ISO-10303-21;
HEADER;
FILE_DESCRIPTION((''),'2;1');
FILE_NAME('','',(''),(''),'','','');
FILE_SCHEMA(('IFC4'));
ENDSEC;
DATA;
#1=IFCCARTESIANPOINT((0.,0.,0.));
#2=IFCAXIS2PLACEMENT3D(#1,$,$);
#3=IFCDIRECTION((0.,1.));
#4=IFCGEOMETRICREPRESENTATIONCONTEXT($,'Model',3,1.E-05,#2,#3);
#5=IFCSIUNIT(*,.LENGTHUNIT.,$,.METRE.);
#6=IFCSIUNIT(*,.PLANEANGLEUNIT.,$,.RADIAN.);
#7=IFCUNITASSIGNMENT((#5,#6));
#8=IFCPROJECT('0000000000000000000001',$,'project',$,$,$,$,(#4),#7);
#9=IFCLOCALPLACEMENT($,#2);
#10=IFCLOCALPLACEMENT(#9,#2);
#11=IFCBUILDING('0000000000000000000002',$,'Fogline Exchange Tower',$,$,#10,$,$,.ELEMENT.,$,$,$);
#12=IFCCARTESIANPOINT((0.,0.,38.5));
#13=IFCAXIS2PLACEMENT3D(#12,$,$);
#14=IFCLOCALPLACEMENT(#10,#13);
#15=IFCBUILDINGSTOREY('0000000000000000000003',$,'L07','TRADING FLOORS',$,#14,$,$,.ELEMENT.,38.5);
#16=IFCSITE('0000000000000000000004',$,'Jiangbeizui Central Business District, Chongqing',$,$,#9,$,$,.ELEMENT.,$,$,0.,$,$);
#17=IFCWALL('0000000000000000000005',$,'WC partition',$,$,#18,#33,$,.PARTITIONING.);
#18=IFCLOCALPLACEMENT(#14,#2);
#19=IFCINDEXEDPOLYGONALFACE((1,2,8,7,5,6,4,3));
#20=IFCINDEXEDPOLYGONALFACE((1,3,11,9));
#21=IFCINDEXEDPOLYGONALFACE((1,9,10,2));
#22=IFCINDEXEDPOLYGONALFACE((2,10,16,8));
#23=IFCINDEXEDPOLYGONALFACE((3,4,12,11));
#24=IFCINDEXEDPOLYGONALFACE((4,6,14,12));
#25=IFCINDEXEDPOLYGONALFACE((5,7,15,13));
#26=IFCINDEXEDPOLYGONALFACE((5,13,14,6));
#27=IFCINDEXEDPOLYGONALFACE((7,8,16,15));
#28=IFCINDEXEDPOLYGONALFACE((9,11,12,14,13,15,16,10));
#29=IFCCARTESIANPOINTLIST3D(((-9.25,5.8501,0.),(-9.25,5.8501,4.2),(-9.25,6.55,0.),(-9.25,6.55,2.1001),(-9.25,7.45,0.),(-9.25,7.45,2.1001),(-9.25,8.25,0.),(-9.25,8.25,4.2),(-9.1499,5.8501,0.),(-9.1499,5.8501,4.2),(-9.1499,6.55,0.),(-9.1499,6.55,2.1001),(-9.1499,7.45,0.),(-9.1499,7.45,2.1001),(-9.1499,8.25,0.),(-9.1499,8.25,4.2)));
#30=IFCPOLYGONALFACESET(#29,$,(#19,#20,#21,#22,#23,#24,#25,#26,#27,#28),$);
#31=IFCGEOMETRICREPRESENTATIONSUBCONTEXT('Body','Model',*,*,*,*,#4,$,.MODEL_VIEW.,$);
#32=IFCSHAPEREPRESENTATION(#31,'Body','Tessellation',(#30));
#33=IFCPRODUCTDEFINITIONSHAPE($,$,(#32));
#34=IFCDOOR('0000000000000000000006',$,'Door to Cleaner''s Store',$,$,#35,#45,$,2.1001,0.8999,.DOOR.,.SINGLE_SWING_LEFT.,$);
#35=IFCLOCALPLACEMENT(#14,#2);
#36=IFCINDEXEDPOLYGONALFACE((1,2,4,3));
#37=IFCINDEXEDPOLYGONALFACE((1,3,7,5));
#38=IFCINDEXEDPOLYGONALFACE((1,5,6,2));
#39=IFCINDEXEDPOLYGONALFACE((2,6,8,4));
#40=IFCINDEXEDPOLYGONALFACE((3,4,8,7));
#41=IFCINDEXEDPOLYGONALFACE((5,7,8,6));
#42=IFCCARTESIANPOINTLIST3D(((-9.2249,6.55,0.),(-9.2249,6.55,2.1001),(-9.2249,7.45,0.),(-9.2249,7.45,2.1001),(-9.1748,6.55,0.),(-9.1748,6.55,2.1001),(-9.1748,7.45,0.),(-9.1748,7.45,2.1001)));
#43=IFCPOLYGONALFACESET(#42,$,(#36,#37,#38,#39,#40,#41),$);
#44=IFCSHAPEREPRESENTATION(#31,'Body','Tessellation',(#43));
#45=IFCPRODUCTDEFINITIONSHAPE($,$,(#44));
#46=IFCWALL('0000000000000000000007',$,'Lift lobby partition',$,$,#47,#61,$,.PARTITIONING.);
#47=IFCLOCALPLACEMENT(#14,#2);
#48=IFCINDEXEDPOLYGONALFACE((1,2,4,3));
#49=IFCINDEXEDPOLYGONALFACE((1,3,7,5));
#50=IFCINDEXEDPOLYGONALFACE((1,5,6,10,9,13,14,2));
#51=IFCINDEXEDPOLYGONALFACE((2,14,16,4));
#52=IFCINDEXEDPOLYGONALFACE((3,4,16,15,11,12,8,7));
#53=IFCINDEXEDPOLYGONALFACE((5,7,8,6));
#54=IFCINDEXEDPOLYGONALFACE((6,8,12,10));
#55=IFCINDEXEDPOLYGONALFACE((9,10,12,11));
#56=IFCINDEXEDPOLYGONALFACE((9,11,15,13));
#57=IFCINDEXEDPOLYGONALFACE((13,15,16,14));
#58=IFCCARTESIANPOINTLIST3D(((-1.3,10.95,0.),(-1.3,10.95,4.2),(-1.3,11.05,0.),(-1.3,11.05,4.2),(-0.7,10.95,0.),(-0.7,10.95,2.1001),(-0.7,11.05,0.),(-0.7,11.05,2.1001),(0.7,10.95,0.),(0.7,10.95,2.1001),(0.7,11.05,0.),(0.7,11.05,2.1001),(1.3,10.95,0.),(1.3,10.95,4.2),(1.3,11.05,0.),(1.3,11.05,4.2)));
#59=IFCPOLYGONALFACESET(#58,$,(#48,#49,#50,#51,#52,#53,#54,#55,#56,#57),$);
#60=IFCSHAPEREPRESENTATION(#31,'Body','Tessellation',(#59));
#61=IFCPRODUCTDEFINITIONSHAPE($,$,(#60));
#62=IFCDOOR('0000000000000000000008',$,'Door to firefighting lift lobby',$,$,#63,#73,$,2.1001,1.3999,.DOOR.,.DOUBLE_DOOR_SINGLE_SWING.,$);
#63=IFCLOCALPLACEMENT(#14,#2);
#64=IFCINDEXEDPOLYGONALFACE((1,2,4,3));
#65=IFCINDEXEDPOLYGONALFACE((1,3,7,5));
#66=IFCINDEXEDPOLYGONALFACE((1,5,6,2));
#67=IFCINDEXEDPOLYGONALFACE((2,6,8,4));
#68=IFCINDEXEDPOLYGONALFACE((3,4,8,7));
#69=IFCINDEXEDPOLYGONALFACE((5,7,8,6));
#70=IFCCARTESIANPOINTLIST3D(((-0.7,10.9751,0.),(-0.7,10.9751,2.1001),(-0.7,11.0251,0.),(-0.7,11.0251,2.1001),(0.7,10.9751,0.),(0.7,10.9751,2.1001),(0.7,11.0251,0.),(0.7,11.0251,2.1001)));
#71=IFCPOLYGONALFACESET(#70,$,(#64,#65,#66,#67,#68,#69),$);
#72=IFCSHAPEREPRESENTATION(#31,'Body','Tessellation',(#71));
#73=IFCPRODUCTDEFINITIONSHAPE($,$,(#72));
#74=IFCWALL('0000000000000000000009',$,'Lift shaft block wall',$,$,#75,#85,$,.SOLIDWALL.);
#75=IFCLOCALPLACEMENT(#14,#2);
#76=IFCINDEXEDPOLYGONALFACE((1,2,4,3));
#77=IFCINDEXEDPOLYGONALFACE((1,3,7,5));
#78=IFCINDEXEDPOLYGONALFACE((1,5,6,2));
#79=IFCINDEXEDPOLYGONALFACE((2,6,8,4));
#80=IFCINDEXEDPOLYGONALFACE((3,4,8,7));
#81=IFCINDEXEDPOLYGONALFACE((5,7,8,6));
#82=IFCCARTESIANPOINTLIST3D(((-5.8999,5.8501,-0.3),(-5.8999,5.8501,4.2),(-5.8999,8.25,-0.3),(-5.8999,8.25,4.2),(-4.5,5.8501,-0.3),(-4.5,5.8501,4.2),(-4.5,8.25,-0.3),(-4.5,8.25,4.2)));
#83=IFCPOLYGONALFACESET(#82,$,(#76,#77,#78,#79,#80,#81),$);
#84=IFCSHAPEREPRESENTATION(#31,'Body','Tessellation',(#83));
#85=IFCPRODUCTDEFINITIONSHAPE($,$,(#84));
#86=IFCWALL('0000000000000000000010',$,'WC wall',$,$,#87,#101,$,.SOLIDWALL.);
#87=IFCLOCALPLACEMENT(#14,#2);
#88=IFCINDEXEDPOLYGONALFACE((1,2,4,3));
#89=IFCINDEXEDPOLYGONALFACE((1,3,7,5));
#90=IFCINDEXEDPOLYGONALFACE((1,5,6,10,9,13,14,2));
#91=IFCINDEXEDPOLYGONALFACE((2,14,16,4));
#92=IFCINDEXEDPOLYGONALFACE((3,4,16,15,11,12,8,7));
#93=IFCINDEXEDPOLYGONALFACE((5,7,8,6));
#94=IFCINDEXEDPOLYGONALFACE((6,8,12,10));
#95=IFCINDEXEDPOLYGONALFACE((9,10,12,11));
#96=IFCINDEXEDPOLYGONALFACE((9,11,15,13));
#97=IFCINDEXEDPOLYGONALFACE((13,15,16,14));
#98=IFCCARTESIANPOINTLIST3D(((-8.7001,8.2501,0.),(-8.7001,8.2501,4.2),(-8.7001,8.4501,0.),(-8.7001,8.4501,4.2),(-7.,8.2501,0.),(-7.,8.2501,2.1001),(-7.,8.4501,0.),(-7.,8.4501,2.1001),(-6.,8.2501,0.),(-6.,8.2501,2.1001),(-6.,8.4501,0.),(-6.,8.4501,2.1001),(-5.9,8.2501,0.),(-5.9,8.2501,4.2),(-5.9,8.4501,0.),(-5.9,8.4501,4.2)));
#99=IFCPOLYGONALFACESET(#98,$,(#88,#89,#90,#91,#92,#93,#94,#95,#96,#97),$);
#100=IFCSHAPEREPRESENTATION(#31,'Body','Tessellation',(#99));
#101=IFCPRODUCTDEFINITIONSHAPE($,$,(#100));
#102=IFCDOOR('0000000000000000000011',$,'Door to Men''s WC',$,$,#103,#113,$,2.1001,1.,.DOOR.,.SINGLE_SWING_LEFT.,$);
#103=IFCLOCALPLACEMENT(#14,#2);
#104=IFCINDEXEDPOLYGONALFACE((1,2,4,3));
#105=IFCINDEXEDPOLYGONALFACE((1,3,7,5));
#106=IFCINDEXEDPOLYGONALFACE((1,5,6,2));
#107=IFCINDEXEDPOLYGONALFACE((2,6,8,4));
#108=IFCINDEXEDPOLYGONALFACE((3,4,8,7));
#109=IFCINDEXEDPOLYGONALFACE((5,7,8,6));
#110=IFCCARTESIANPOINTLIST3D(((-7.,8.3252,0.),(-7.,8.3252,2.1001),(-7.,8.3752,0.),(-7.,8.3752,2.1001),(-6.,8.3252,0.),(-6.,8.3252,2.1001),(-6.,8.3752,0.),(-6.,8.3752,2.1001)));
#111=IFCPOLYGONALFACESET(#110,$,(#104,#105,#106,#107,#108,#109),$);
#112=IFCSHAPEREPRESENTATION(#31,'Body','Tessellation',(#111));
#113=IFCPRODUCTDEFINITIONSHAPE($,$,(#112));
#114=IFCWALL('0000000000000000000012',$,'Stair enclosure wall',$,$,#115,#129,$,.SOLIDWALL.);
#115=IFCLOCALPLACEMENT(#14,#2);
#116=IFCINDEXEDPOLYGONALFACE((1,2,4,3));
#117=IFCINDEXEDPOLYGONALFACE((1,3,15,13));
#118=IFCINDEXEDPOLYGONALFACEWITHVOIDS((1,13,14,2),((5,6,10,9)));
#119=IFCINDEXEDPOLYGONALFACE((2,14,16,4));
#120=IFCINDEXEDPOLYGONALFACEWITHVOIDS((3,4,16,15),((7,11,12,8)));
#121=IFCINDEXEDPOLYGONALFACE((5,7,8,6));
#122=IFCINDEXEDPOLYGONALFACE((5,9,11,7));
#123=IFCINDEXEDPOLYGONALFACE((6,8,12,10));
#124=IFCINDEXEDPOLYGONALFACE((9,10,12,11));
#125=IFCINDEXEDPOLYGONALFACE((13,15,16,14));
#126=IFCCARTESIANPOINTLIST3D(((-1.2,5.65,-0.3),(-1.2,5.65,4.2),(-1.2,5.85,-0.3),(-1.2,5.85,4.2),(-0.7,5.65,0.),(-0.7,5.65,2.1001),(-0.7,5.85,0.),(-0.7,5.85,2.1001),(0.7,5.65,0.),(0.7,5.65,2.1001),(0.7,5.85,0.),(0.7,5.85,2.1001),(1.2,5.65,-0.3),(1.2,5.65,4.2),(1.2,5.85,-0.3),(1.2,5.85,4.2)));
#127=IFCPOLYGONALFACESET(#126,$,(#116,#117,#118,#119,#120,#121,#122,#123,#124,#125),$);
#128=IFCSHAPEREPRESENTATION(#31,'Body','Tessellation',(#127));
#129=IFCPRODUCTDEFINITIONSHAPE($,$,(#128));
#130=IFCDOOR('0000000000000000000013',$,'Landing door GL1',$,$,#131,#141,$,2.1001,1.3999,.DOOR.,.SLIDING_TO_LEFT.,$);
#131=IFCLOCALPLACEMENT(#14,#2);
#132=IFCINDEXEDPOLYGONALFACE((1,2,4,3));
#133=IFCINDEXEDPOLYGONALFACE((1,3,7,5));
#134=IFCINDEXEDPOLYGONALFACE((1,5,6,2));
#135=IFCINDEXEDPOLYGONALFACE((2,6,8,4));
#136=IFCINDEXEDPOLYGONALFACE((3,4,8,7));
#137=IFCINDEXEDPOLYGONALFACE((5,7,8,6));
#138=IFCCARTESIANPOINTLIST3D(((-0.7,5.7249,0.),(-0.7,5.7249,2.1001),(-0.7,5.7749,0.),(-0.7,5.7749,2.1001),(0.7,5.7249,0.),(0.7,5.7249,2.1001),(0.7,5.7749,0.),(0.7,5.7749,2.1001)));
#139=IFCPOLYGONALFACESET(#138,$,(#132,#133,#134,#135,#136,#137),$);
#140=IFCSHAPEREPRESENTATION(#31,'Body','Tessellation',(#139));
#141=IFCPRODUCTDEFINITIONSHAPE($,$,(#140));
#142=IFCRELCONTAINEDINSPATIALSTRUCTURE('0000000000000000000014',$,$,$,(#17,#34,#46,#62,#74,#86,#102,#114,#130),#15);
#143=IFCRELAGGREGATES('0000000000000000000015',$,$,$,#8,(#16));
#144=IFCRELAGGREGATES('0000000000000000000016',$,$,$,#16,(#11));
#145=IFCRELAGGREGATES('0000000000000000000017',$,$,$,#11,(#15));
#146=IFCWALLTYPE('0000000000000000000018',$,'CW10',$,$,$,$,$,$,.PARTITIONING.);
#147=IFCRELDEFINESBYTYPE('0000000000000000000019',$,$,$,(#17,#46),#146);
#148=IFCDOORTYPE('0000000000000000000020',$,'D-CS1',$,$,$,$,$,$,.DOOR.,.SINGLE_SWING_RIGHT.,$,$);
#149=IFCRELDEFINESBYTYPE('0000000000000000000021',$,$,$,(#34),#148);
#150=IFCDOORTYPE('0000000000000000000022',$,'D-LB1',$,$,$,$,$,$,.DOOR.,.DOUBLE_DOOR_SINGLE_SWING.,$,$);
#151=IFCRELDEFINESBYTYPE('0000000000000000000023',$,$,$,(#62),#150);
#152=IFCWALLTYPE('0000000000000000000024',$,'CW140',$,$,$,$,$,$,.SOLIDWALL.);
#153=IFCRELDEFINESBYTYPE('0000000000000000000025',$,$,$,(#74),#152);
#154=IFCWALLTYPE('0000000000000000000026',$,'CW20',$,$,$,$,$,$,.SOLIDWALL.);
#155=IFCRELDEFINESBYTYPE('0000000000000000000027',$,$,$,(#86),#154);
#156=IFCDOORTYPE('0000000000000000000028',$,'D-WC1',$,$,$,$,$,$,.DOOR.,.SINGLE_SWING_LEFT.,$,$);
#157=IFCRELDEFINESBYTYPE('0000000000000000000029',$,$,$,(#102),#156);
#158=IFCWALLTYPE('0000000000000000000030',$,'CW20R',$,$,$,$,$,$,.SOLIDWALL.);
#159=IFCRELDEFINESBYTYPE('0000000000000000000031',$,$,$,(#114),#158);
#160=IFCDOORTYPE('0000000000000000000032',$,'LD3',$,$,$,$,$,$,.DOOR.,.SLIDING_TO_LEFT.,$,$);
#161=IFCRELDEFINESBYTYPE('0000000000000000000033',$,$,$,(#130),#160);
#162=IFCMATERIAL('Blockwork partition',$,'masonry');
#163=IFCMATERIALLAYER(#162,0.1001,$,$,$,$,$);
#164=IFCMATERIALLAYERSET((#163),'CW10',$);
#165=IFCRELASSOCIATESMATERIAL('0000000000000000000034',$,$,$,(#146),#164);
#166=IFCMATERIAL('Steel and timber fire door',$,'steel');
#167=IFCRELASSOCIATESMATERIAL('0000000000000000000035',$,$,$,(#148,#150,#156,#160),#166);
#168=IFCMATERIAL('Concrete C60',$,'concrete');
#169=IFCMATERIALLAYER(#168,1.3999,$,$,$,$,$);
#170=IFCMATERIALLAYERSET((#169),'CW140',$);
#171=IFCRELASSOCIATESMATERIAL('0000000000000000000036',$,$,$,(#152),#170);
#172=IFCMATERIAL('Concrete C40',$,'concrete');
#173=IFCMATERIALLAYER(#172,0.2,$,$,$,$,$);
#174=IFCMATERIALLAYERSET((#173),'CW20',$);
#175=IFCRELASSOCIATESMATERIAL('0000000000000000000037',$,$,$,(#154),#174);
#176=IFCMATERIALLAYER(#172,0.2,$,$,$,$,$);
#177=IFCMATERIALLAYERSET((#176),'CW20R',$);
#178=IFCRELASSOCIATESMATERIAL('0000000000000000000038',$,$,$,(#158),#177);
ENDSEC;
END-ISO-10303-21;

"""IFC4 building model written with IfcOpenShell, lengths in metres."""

from ifc_helpers import new_model, si_unit, direction, frame, frame_2d, origin, place, context, subcontext, project, spatial, rectangle, extrude, material, layer, layer_set, type_object, element, fill, save


model = new_model("IFC4")

# Units and contexts
model_context = context("Model", 3, precision=1e-05, world=origin(), true_north=direction((0.0, 1.0)))
body_context = subcontext(model_context, "Body", "Model", "MODEL_VIEW")
ifc_project = project(units=[si_unit("LENGTHUNIT", "METRE"), si_unit("PLANEANGLEUNIT", "RADIAN")], contexts=[model_context])

# Site, building, storey
site_placement = place(None, origin())
site = spatial("IfcSite", under=ifc_project, at=site_placement, Name="Jiangbeizui Central Business District, Chongqing", CompositionType="ELEMENT", RefElevation=0.0)
building_placement = place(site_placement, origin())
building = spatial("IfcBuilding", under=site, at=building_placement, Name="Fogline Exchange Tower", CompositionType="ELEMENT")
storey_placement = place(building_placement, frame((0.0, 0.0, 38.5)))
storey = spatial("IfcBuildingStorey", under=building, at=storey_placement, Name="L07", Description="TRADING FLOORS", CompositionType="ELEMENT", Elevation=38.5)

# Walls, openings, doors
ifc_material_1 = material(Name="Blockwork partition", Category="masonry")
ifc_layer_1 = layer(ifc_material_1, 0.1001)
ifc_layer_set_1 = layer_set([ifc_layer_1], Name="CW10")
wall_type_1 = type_object("IfcWallType", Name="CW10", PredefinedType="PARTITIONING", material=ifc_layer_set_1)
wall_1_placement = place(storey_placement, frame((-9.2, 5.8501, 0.0), z_axis=(0.0, 0.0, 1.0), x_axis=(0.0, 1.0, 0.0)))
wall_1 = element("IfcWall", 1, at=wall_1_placement, inside=storey, type_object=wall_type_1, Name="WC partition", PredefinedType="PARTITIONING", context=body_context, shape_type="SweptSolid", body=[
    extrude(rectangle(XDim=2.3999, YDim=0.1001, at=frame_2d((1.2, 0.0))), origin(), (0.0, 0.0, 1.0), 4.2),
])
opening_1_placement = place(wall_1_placement, frame((0.7, 0.0, 0.0)))
opening_1 = element("IfcOpeningElement", 2, at=opening_1_placement, cuts=wall_1, PredefinedType="OPENING", context=body_context, shape_type="SweptSolid", body=[
    extrude(rectangle(XDim=0.8999, YDim=2.1001, at=frame_2d((0.45, 1.05))), frame((0.0, 0.0601, 0.0), z_axis=(0.0, -1.0, 0.0), x_axis=(1.0, 0.0, 0.0)), (0.0, 0.0, 1.0), 0.1201),
])
ifc_material_2 = material(Name="Steel and timber fire door", Category="steel")
door_type_1 = type_object("IfcDoorType", Name="D-CS1", OperationType="SINGLE_SWING_RIGHT", PredefinedType="DOOR", material=ifc_material_2)
door_1_placement = place(opening_1_placement, origin())
door_1 = element("IfcDoor", 3, at=door_1_placement, inside=storey, type_object=door_type_1, Name="Door to Cleaner's Store", OperationType="SINGLE_SWING_LEFT", OverallHeight=2.1001, OverallWidth=0.8999, PredefinedType="DOOR", context=body_context, shape_type="SweptSolid", body=[
    extrude(rectangle(XDim=0.8999, YDim=2.1001, at=frame_2d((0.45, 1.05))), frame((0.0, 0.0249, 0.0), z_axis=(0.0, -1.0, 0.0), x_axis=(1.0, 0.0, 0.0)), (0.0, 0.0, 1.0), 0.05),
])
fill(opening_1, door_1)
wall_2_placement = place(storey_placement, frame((-1.3, 11.0, 0.0), z_axis=(0.0, 0.0, 1.0), x_axis=(1.0, 0.0, 0.0)))
wall_2 = element("IfcWall", 4, at=wall_2_placement, inside=storey, type_object=wall_type_1, Name="Lift lobby partition", PredefinedType="PARTITIONING", context=body_context, shape_type="SweptSolid", body=[
    extrude(rectangle(XDim=2.6001, YDim=0.1001, at=frame_2d((1.3, 0.0))), origin(), (0.0, 0.0, 1.0), 4.2),
])
opening_2_placement = place(wall_2_placement, frame((0.6001, 0.0, 0.0)))
opening_2 = element("IfcOpeningElement", 5, at=opening_2_placement, cuts=wall_2, PredefinedType="OPENING", context=body_context, shape_type="SweptSolid", body=[
    extrude(rectangle(XDim=1.3999, YDim=2.1001, at=frame_2d((0.7, 1.05))), frame((0.0, 0.0601, 0.0), z_axis=(0.0, -1.0, 0.0), x_axis=(1.0, 0.0, 0.0)), (0.0, 0.0, 1.0), 0.1201),
])
door_type_2 = type_object("IfcDoorType", Name="D-LB1", OperationType="DOUBLE_DOOR_SINGLE_SWING", PredefinedType="DOOR", material=ifc_material_2)
door_2_placement = place(opening_2_placement, frame((1.3999, 0.0, 0.0), z_axis=(0.0, 0.0, 1.0), x_axis=(-1.0, 0.0, 0.0)))
door_2 = element("IfcDoor", 6, at=door_2_placement, inside=storey, type_object=door_type_2, Name="Door to firefighting lift lobby", OperationType="DOUBLE_DOOR_SINGLE_SWING", OverallHeight=2.1001, OverallWidth=1.3999, PredefinedType="DOOR", context=body_context, shape_type="SweptSolid", body=[
    extrude(rectangle(XDim=1.3999, YDim=2.1001, at=frame_2d((0.7, 1.05))), frame((0.0, 0.0249, 0.0), z_axis=(0.0, -1.0, 0.0), x_axis=(1.0, 0.0, 0.0)), (0.0, 0.0, 1.0), 0.05),
])
fill(opening_2, door_2)

# Wall
ifc_material_3 = material(Name="Concrete C60", Category="concrete")
ifc_layer_2 = layer(ifc_material_3, 1.3999)
ifc_layer_set_2 = layer_set([ifc_layer_2], Name="CW140")
wall_type_2 = type_object("IfcWallType", Name="CW140", PredefinedType="SOLIDWALL", material=ifc_layer_set_2)
wall_3_placement = place(storey_placement, frame((-5.2, 5.8501, -0.3), z_axis=(0.0, 0.0, 1.0), x_axis=(0.0, 1.0, 0.0)))
element("IfcWall", 7, at=wall_3_placement, inside=storey, type_object=wall_type_2, Name="Lift shaft block wall", PredefinedType="SOLIDWALL", context=body_context, shape_type="SweptSolid", body=[
    extrude(rectangle(XDim=2.3999, YDim=1.3999, at=frame_2d((1.2, 0.0))), origin(), (0.0, 0.0, 1.0), 4.5),
])

# Walls, openings, doors
ifc_material_4 = material(Name="Concrete C40", Category="concrete")
ifc_layer_3 = layer(ifc_material_4, 0.2)
ifc_layer_set_3 = layer_set([ifc_layer_3], Name="CW20")
wall_type_3 = type_object("IfcWallType", Name="CW20", PredefinedType="SOLIDWALL", material=ifc_layer_set_3)
wall_4_placement = place(storey_placement, frame((-8.7, 8.3501, 0.0), z_axis=(0.0, 0.0, 1.0), x_axis=(1.0, 0.0, 0.0)))
wall_4 = element("IfcWall", 8, at=wall_4_placement, inside=storey, type_object=wall_type_3, Name="WC wall", PredefinedType="SOLIDWALL", context=body_context, shape_type="SweptSolid", body=[
    extrude(rectangle(XDim=2.8, YDim=0.2, at=frame_2d((1.3999, 0.0))), origin(), (0.0, 0.0, 1.0), 4.2),
])
opening_3_placement = place(wall_4_placement, frame((1.7, 0.0, 0.0)))
opening_3 = element("IfcOpeningElement", 9, at=opening_3_placement, cuts=wall_4, PredefinedType="OPENING", context=body_context, shape_type="SweptSolid", body=[
    extrude(rectangle(XDim=1.0, YDim=2.1001, at=frame_2d((0.5, 1.05))), frame((0.0, 0.1099, 0.0), z_axis=(0.0, -1.0, 0.0), x_axis=(1.0, 0.0, 0.0)), (0.0, 0.0, 1.0), 0.22),
])
door_type_3 = type_object("IfcDoorType", Name="D-WC1", OperationType="SINGLE_SWING_LEFT", PredefinedType="DOOR", material=ifc_material_2)
door_3_placement = place(opening_3_placement, frame((1.0, 0.0, 0.0), z_axis=(0.0, 0.0, 1.0), x_axis=(-1.0, 0.0, 0.0)))
door_3 = element("IfcDoor", 10, at=door_3_placement, inside=storey, type_object=door_type_3, Name="Door to Men's WC", OperationType="SINGLE_SWING_LEFT", OverallHeight=2.1001, OverallWidth=1.0, PredefinedType="DOOR", context=body_context, shape_type="SweptSolid", body=[
    extrude(rectangle(XDim=1.0, YDim=2.1001, at=frame_2d((0.5, 1.05))), frame((0.0, 0.0249, 0.0), z_axis=(0.0, -1.0, 0.0), x_axis=(1.0, 0.0, 0.0)), (0.0, 0.0, 1.0), 0.05),
])
fill(opening_3, door_3)
ifc_layer_4 = layer(ifc_material_4, 0.2)
ifc_layer_set_4 = layer_set([ifc_layer_4], Name="CW20R")
wall_type_4 = type_object("IfcWallType", Name="CW20R", PredefinedType="SOLIDWALL", material=ifc_layer_set_4)
wall_5_placement = place(storey_placement, frame((-1.2, 5.75, -0.3), z_axis=(0.0, 0.0, 1.0), x_axis=(1.0, 0.0, 0.0)))
wall_5 = element("IfcWall", 11, at=wall_5_placement, inside=storey, type_object=wall_type_4, Name="Stair enclosure wall", PredefinedType="SOLIDWALL", context=body_context, shape_type="SweptSolid", body=[
    extrude(rectangle(XDim=2.3999, YDim=0.2, at=frame_2d((1.2, 0.0))), origin(), (0.0, 0.0, 1.0), 4.5),
])
opening_4_placement = place(wall_5_placement, frame((0.5, 0.0, 0.3)))
opening_4 = element("IfcOpeningElement", 12, at=opening_4_placement, cuts=wall_5, PredefinedType="OPENING", context=body_context, shape_type="SweptSolid", body=[
    extrude(rectangle(XDim=1.3999, YDim=2.1001, at=frame_2d((0.7, 1.05))), frame((0.0, 0.1099, 0.0), z_axis=(0.0, -1.0, 0.0), x_axis=(1.0, 0.0, 0.0)), (0.0, 0.0, 1.0), 0.22),
])
door_type_4 = type_object("IfcDoorType", Name="LD3", OperationType="SLIDING_TO_LEFT", PredefinedType="DOOR", material=ifc_material_2)
door_4_placement = place(opening_4_placement, origin())
door_4 = element("IfcDoor", 13, at=door_4_placement, inside=storey, type_object=door_type_4, Name="Landing door GL1", OperationType="SLIDING_TO_LEFT", OverallHeight=2.1001, OverallWidth=1.3999, PredefinedType="DOOR", context=body_context, shape_type="SweptSolid", body=[
    extrude(rectangle(XDim=1.3999, YDim=2.1001, at=frame_2d((0.7, 1.05))), frame((0.0, 0.0249, 0.0), z_axis=(0.0, -1.0, 0.0), x_axis=(1.0, 0.0, 0.0)), (0.0, 0.0, 1.0), 0.05),
])
fill(opening_4, door_4)

save(model, "model.ifc")
